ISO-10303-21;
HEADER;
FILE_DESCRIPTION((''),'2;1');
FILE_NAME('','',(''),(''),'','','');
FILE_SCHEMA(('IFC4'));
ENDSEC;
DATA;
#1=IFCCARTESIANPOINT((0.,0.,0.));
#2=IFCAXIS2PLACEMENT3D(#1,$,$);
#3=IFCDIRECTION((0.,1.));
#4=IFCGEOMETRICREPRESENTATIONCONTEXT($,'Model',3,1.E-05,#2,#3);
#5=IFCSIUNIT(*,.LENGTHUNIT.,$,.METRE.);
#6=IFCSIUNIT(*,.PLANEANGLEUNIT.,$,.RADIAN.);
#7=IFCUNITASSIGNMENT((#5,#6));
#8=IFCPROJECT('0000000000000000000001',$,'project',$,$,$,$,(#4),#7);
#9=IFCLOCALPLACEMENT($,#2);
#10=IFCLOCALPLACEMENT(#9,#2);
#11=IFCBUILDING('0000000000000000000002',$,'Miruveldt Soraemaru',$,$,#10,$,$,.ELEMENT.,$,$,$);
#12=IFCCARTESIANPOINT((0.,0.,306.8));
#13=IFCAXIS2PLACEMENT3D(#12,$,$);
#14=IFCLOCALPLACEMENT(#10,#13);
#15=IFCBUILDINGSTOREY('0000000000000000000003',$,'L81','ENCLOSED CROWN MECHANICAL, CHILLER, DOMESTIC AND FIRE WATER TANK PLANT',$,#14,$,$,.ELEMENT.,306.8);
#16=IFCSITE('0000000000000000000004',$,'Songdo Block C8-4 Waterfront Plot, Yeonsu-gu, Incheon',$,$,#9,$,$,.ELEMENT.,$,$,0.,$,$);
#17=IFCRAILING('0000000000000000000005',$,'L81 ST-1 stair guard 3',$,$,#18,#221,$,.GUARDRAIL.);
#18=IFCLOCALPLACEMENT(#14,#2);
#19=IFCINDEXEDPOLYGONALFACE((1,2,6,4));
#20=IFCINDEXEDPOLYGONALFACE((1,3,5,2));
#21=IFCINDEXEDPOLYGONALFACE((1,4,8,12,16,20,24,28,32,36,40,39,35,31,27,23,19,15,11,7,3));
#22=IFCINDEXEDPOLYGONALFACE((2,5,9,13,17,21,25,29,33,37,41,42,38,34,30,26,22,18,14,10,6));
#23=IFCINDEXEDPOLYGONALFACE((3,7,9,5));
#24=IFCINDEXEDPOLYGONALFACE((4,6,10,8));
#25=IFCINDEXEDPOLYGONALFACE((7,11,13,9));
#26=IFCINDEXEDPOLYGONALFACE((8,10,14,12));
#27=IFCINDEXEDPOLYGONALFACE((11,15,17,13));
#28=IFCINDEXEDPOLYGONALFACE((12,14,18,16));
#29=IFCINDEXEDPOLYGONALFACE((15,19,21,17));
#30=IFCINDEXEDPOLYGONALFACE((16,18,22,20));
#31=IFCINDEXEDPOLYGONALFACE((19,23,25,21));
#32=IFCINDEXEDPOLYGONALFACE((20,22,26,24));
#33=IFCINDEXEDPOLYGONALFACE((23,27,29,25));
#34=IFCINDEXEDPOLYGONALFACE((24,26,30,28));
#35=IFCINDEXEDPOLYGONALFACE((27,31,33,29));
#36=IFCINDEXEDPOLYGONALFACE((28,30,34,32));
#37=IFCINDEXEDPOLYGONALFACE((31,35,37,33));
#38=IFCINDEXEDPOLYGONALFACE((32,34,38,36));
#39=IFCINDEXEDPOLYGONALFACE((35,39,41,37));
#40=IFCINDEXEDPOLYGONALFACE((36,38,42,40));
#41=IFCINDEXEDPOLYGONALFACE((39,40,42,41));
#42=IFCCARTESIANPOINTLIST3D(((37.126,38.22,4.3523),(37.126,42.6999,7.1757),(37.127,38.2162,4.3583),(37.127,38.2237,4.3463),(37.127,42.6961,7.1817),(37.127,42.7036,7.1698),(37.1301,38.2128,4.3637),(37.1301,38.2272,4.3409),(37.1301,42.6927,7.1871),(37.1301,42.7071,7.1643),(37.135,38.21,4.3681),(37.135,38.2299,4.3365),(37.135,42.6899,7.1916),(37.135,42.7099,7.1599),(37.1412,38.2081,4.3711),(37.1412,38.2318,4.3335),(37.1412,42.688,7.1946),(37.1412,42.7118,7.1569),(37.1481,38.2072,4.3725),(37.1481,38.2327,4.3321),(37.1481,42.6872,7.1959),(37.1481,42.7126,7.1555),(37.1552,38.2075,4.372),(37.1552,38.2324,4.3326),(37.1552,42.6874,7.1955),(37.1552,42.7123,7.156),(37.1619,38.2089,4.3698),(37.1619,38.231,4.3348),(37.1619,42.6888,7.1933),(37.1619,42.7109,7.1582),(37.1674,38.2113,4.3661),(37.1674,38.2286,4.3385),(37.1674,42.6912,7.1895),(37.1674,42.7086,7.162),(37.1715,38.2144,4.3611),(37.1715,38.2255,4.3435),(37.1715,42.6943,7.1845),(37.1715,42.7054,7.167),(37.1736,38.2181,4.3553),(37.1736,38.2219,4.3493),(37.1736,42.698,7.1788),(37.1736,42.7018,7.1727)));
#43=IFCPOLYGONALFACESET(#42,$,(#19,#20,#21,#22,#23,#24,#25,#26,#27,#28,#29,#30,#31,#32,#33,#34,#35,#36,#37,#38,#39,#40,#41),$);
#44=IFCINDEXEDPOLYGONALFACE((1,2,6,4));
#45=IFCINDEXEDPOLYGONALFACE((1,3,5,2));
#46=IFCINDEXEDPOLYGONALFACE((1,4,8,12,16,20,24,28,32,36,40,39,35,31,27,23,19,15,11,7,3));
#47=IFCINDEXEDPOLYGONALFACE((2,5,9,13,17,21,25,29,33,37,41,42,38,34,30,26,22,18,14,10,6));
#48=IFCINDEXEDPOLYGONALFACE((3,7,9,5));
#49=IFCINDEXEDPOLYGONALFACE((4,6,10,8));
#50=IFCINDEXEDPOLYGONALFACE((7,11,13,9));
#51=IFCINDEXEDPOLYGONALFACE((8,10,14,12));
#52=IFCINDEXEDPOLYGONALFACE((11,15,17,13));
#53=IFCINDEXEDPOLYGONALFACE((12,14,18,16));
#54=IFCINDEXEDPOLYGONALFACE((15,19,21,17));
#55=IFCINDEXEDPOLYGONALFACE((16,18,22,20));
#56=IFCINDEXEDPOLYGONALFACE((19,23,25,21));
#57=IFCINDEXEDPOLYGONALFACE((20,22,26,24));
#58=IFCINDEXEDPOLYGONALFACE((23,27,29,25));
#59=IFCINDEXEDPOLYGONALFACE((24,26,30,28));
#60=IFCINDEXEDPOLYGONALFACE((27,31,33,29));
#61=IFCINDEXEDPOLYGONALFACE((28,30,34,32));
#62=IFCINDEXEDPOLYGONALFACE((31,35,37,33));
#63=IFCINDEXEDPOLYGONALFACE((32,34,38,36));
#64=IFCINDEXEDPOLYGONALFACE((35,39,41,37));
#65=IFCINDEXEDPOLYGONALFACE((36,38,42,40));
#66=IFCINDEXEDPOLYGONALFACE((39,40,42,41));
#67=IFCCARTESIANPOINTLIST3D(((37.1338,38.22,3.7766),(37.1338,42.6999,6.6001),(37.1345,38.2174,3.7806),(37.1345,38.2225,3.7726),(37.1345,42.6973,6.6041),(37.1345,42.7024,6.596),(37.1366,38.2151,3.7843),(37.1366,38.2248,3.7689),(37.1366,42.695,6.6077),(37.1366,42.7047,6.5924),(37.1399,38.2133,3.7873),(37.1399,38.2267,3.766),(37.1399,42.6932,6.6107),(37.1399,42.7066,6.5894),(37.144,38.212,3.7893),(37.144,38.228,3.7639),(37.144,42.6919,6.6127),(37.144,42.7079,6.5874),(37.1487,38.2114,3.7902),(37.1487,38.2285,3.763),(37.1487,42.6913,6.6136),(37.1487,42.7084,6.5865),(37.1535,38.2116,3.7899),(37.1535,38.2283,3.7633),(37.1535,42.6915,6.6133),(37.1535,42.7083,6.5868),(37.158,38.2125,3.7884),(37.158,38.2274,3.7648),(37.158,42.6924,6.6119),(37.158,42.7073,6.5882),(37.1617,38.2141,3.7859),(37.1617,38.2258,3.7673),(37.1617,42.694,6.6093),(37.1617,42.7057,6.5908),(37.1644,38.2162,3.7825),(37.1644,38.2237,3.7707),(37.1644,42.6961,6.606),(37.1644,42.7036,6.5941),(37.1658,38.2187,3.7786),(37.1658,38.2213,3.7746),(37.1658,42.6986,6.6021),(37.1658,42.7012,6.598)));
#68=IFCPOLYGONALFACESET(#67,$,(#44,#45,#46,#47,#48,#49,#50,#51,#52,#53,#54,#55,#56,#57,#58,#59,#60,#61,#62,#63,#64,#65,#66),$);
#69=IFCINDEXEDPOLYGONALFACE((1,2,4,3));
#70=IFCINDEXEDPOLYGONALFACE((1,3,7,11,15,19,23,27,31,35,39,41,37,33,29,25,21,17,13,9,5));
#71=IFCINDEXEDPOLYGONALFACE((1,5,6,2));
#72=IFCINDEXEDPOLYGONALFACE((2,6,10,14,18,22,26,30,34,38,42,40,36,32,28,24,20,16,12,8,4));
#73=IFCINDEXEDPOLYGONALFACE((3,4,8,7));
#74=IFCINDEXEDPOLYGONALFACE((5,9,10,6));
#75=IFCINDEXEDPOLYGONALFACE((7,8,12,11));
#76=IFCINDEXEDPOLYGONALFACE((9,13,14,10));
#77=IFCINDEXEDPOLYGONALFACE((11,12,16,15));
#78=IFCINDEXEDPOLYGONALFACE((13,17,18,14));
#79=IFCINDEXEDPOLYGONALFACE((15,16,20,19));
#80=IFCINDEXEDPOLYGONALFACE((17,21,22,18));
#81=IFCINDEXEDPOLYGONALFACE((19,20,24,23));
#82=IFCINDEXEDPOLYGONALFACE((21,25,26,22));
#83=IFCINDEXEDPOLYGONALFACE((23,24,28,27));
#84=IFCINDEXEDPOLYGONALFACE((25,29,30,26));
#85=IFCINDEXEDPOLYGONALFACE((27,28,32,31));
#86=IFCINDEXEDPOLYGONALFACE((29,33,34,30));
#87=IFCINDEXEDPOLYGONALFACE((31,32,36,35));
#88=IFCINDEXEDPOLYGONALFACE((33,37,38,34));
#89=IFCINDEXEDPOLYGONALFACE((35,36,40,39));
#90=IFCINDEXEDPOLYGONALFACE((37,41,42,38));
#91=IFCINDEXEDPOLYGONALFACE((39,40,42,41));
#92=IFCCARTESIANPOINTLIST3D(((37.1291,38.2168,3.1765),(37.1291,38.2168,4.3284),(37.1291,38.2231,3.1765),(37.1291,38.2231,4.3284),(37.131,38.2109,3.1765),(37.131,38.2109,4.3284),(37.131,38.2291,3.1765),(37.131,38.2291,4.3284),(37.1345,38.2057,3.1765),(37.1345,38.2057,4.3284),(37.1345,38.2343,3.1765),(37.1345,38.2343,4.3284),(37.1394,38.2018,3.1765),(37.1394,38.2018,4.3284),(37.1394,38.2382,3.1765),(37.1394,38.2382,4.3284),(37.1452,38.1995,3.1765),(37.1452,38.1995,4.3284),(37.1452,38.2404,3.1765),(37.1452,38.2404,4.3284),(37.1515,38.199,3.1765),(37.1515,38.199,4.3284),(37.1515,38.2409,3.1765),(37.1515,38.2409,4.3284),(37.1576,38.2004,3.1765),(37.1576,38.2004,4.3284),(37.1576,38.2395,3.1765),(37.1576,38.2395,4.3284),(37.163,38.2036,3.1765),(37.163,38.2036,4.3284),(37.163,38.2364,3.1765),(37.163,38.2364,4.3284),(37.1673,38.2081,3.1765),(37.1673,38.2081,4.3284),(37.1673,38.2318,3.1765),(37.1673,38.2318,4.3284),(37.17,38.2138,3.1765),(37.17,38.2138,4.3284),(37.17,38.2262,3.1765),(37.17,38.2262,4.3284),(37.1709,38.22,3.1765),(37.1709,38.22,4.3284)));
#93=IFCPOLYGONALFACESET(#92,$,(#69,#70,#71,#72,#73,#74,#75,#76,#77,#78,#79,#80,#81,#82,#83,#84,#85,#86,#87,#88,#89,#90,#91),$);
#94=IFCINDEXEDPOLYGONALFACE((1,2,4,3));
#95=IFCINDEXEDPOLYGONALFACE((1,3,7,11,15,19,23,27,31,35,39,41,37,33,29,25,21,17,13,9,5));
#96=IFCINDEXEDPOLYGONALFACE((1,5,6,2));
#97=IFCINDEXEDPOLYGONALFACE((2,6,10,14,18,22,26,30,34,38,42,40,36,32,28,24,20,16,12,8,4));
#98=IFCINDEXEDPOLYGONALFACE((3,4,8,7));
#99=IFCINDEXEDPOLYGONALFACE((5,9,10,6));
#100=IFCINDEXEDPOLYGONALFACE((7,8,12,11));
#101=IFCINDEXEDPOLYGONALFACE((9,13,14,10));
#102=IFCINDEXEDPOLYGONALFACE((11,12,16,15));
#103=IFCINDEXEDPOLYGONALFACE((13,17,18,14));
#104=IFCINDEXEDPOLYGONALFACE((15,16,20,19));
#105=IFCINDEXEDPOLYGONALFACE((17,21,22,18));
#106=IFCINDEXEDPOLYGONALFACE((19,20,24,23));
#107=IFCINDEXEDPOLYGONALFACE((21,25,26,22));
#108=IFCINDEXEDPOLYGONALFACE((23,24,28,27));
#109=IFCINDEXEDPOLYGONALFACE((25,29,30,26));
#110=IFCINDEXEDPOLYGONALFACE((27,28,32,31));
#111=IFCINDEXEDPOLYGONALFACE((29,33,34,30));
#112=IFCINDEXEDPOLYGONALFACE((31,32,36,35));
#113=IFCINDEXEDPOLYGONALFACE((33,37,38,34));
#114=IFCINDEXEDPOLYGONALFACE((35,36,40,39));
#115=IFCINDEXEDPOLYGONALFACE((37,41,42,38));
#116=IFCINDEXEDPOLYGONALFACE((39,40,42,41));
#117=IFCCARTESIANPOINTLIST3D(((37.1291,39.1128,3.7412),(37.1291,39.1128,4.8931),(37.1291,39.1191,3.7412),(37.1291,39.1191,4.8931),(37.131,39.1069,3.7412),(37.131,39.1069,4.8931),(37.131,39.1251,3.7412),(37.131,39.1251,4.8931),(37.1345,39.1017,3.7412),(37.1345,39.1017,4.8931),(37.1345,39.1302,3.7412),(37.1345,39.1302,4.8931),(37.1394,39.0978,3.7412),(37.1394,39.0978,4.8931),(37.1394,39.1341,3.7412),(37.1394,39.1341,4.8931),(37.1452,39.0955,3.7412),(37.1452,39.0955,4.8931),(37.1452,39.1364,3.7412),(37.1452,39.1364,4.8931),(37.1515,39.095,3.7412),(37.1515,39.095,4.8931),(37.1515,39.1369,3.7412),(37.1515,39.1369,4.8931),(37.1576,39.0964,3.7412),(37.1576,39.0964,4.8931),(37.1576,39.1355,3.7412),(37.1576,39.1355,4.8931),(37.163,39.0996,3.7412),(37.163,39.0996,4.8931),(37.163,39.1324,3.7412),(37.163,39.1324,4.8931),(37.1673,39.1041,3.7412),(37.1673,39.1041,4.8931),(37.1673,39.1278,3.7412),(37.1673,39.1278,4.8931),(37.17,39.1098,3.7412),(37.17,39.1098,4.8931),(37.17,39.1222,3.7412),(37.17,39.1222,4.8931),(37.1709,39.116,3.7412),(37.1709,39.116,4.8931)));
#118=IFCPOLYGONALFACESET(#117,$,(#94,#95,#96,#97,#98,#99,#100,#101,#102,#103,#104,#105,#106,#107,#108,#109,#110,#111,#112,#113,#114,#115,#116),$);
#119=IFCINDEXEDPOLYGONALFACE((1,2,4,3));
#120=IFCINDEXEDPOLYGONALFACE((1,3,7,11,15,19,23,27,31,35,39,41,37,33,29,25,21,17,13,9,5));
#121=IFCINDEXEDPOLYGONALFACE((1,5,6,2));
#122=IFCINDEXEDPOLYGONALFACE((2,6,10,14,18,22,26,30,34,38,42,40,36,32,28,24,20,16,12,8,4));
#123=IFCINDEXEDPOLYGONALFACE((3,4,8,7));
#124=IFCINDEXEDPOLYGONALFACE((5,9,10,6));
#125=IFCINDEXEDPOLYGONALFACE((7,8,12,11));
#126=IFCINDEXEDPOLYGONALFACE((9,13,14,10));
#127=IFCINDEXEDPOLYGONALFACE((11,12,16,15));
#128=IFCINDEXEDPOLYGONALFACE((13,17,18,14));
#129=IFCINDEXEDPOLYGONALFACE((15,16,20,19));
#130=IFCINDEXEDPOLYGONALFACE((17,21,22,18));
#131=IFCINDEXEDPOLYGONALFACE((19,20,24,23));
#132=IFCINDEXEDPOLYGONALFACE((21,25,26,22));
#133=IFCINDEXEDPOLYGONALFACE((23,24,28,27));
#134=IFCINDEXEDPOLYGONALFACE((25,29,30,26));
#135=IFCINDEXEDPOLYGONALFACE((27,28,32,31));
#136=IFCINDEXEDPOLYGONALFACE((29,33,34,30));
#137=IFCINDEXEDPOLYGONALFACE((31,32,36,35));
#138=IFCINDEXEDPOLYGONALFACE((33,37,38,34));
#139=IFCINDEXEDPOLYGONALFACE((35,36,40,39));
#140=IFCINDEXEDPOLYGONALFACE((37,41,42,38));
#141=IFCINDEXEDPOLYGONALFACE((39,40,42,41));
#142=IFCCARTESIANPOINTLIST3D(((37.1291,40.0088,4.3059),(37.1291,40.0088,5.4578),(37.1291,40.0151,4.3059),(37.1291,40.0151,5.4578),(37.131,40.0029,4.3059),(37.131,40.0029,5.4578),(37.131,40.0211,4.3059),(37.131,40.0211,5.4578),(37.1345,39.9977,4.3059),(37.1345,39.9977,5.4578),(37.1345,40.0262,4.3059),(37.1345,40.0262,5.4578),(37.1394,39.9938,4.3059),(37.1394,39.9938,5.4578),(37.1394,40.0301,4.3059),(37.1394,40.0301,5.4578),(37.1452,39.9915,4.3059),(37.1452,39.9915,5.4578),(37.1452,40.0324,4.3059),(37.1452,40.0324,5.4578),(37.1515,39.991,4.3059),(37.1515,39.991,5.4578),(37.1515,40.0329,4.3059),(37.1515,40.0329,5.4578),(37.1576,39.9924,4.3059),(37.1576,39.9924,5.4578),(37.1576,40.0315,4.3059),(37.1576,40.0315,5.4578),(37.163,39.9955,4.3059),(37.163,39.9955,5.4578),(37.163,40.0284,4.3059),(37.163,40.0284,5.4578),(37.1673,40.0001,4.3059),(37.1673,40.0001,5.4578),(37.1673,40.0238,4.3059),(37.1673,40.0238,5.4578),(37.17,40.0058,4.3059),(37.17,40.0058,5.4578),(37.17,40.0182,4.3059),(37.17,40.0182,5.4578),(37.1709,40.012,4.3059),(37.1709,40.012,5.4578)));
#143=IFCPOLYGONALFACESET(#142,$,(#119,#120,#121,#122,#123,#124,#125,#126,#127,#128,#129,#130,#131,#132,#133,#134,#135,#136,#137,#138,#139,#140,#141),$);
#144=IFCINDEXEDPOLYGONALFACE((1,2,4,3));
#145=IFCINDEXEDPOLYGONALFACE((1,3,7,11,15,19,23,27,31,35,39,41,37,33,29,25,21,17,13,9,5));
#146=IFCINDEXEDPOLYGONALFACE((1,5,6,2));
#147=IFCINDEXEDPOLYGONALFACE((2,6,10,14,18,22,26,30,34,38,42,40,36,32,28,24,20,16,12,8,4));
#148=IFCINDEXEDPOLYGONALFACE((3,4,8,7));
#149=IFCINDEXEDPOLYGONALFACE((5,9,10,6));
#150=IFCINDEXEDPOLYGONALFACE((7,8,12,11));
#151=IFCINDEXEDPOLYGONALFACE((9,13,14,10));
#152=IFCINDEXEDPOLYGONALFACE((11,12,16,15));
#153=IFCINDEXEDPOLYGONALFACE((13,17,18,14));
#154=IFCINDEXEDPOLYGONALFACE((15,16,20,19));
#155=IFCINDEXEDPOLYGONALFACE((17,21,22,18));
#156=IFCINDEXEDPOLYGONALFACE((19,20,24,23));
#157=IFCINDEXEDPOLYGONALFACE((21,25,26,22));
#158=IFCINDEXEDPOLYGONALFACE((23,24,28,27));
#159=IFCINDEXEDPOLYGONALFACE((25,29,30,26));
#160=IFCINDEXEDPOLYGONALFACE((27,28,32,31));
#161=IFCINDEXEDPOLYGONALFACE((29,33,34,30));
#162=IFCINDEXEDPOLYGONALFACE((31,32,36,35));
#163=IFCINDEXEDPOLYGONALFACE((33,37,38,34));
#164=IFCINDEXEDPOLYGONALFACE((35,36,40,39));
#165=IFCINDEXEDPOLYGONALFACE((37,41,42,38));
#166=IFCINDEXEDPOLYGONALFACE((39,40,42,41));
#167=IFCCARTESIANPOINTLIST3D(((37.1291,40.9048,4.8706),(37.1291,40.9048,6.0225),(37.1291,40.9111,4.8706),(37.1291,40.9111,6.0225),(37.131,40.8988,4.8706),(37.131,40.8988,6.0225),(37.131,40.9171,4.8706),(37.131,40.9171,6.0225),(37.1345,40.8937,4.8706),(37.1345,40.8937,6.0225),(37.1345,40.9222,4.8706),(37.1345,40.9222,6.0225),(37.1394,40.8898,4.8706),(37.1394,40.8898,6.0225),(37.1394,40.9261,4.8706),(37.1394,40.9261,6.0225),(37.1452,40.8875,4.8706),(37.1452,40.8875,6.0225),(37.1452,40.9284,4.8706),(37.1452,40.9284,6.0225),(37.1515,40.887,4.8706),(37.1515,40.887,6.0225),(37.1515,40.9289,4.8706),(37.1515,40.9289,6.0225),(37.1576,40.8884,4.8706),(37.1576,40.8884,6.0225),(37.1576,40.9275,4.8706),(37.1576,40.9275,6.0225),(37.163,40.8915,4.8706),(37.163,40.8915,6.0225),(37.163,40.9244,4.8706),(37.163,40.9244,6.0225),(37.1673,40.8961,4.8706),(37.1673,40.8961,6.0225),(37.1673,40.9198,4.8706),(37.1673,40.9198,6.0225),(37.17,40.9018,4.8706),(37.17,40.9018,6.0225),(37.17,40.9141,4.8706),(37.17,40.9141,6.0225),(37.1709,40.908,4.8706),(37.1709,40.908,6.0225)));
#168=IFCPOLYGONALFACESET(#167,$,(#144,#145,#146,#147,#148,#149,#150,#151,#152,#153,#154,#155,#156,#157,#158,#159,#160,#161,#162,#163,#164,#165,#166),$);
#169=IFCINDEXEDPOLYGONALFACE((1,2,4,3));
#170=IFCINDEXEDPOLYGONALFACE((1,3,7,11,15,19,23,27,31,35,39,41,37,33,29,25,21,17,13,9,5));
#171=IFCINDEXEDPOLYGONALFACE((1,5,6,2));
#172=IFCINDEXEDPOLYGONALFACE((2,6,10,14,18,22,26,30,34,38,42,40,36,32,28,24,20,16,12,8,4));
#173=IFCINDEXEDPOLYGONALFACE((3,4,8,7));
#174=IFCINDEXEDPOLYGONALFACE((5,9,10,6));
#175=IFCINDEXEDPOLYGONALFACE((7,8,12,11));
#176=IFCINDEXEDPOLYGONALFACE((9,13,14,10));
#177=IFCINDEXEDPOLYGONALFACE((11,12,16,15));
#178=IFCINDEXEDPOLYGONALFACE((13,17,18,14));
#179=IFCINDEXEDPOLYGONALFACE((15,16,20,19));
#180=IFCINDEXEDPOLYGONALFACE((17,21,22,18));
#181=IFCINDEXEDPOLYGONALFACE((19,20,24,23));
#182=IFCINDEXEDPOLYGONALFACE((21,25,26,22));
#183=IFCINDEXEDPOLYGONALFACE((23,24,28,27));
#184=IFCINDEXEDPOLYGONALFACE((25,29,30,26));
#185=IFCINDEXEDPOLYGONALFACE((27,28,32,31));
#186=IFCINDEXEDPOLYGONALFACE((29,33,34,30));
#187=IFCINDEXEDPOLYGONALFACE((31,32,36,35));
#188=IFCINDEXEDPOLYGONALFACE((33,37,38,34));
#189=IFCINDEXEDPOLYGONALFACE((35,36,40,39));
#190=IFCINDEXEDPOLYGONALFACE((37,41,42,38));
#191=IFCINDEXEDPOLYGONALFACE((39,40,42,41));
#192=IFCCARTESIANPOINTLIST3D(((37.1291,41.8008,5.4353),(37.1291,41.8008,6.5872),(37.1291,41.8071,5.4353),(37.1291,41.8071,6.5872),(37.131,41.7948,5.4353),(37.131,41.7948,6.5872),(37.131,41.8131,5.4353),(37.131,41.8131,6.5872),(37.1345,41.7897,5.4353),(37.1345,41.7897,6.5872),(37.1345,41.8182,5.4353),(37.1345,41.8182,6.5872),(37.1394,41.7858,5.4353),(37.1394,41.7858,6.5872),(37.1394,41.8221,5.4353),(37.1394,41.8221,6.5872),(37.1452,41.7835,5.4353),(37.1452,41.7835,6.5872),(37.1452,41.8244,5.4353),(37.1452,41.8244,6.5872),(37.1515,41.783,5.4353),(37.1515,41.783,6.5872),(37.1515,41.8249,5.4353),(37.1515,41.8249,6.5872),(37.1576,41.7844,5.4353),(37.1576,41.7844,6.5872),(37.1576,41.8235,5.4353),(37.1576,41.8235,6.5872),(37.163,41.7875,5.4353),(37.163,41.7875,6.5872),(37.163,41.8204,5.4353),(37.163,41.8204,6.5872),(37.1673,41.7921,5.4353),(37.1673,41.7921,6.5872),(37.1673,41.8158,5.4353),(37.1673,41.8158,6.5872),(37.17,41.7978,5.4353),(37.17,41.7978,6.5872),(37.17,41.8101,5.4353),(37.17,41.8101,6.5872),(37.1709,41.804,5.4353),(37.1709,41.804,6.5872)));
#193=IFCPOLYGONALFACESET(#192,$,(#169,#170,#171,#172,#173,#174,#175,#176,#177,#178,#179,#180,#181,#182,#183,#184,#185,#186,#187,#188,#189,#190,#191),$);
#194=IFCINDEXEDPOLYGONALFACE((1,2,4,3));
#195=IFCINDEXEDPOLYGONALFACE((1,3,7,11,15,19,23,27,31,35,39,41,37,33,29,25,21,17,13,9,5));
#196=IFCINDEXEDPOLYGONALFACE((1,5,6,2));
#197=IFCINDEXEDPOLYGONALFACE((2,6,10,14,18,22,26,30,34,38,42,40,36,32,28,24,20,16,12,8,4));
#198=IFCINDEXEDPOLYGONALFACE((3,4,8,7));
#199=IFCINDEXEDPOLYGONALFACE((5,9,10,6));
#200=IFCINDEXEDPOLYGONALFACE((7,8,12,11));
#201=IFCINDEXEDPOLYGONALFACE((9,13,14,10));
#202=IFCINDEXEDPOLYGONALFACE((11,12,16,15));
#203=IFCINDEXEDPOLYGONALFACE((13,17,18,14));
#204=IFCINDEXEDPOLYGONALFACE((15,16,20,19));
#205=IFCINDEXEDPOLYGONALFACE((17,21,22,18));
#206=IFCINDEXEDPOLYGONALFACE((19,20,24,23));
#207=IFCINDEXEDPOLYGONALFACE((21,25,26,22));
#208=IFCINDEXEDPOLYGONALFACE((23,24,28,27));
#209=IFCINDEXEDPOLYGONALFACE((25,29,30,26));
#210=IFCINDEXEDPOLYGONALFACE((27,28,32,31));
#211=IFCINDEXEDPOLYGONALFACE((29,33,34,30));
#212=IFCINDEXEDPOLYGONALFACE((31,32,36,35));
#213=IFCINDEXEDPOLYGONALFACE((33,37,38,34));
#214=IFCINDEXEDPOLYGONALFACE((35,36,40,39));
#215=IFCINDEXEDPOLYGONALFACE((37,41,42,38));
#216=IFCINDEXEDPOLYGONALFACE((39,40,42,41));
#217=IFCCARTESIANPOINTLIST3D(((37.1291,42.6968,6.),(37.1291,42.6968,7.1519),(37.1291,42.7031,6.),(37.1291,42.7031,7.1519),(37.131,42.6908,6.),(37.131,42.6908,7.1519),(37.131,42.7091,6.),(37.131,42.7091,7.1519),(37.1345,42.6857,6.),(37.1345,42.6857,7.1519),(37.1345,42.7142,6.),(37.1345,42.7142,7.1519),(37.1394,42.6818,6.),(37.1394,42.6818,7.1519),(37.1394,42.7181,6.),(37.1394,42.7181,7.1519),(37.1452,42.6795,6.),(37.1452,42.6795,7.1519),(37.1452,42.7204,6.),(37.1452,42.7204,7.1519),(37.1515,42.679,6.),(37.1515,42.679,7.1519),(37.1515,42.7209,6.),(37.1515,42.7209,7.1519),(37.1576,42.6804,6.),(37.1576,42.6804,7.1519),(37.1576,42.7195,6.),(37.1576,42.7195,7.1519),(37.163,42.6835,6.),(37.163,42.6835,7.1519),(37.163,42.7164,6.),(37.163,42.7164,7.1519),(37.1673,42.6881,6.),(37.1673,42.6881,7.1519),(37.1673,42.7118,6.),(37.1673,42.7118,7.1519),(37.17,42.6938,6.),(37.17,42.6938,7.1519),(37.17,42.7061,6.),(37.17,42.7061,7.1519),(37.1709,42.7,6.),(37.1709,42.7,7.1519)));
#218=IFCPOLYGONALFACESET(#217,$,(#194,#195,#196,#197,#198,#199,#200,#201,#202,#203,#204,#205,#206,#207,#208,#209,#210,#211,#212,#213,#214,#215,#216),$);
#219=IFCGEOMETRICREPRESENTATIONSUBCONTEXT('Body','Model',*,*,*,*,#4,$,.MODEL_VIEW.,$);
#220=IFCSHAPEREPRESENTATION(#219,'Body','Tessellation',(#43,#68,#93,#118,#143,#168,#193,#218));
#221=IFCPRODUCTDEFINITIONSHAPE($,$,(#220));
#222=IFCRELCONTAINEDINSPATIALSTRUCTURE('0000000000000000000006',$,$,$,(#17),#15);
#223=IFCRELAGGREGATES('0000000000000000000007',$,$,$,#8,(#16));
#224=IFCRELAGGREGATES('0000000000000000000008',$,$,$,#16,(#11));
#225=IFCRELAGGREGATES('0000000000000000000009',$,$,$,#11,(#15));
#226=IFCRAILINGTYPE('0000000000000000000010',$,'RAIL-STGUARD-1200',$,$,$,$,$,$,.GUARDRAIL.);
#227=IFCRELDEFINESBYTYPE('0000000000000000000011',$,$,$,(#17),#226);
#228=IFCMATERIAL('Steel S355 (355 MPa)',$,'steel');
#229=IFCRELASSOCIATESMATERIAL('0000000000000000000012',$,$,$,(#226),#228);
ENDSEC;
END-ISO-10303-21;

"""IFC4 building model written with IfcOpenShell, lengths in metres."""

from ifc_helpers import new_model, si_unit, direction, frame, origin, origin_2d, place, context, subcontext, project, spatial, circle, extrude, material, type_object, element, save


model = new_model("IFC4")

# Units and contexts
model_context = context("Model", 3, precision=1e-05, world=origin(), true_north=direction((0.0, 1.0)))
body_context = subcontext(model_context, "Body", "Model", "MODEL_VIEW")
ifc_project = project(units=[si_unit("LENGTHUNIT", "METRE"), si_unit("PLANEANGLEUNIT", "RADIAN")], contexts=[model_context])

# Site, building, storey
site_placement = place(None, origin())
site = spatial("IfcSite", under=ifc_project, at=site_placement, Name="Songdo Block C8-4 Waterfront Plot, Yeonsu-gu, Incheon", CompositionType="ELEMENT", RefElevation=0.0)
building_placement = place(site_placement, origin())
building = spatial("IfcBuilding", under=site, at=building_placement, Name="Miruveldt Soraemaru", CompositionType="ELEMENT")
storey_placement = place(building_placement, frame((0.0, 0.0, 306.8)))
storey = spatial("IfcBuildingStorey", under=building, at=storey_placement, Name="L81", Description="ENCLOSED CROWN MECHANICAL, CHILLER, DOMESTIC AND FIRE WATER TANK PLANT", CompositionType="ELEMENT", Elevation=306.8)

# Railing
ifc_material_1 = material(Name="Steel S355 (355 MPa)", Category="steel")
railing_type_1 = type_object("IfcRailingType", Name="RAIL-STGUARD-1200", PredefinedType="GUARDRAIL", material=ifc_material_1)
railing_1_placement = place(storey_placement, frame((37.1499, 38.22, 3.1765)))
element("IfcRailing", 1, at=railing_1_placement, inside=storey, type_object=railing_type_1, Name="L81 ST-1 stair guard 3", PredefinedType="GUARDRAIL", context=body_context, shape_type="SweptSolid", body=[
    extrude(circle(Radius=0.0239, at=origin_2d()), frame((0.0, 0.0, 1.1758), z_axis=(0.0, 0.845998, 0.533186), x_axis=(-1.0, 0.0, 0.0)), (0.0, 0.0, 1.0), 5.2954),
    extrude(circle(Radius=0.0161, at=origin_2d()), frame((0.0, 0.0, 0.6001), z_axis=(0.0, 0.845998, 0.533186), x_axis=(-1.0, 0.0, 0.0)), (0.0, 0.0, 1.0), 5.2954),
    extrude(circle(Radius=0.021, at=origin_2d()), origin(), (0.0, 0.0, 1.0), 1.1519),
    extrude(circle(Radius=0.021, at=origin_2d()), frame((0.0, 0.896, 0.5647)), (0.0, 0.0, 1.0), 1.1519),
    extrude(circle(Radius=0.021, at=origin_2d()), frame((0.0, 1.792, 1.1294)), (0.0, 0.0, 1.0), 1.1519),
    extrude(circle(Radius=0.021, at=origin_2d()), frame((0.0, 2.688, 1.6941)), (0.0, 0.0, 1.0), 1.1519),
    extrude(circle(Radius=0.021, at=origin_2d()), frame((0.0, 3.584, 2.2588)), (0.0, 0.0, 1.0), 1.1519),
    extrude(circle(Radius=0.021, at=origin_2d()), frame((0.0, 4.48, 2.8235)), (0.0, 0.0, 1.0), 1.1519),
])

save(model, "model.ifc")
